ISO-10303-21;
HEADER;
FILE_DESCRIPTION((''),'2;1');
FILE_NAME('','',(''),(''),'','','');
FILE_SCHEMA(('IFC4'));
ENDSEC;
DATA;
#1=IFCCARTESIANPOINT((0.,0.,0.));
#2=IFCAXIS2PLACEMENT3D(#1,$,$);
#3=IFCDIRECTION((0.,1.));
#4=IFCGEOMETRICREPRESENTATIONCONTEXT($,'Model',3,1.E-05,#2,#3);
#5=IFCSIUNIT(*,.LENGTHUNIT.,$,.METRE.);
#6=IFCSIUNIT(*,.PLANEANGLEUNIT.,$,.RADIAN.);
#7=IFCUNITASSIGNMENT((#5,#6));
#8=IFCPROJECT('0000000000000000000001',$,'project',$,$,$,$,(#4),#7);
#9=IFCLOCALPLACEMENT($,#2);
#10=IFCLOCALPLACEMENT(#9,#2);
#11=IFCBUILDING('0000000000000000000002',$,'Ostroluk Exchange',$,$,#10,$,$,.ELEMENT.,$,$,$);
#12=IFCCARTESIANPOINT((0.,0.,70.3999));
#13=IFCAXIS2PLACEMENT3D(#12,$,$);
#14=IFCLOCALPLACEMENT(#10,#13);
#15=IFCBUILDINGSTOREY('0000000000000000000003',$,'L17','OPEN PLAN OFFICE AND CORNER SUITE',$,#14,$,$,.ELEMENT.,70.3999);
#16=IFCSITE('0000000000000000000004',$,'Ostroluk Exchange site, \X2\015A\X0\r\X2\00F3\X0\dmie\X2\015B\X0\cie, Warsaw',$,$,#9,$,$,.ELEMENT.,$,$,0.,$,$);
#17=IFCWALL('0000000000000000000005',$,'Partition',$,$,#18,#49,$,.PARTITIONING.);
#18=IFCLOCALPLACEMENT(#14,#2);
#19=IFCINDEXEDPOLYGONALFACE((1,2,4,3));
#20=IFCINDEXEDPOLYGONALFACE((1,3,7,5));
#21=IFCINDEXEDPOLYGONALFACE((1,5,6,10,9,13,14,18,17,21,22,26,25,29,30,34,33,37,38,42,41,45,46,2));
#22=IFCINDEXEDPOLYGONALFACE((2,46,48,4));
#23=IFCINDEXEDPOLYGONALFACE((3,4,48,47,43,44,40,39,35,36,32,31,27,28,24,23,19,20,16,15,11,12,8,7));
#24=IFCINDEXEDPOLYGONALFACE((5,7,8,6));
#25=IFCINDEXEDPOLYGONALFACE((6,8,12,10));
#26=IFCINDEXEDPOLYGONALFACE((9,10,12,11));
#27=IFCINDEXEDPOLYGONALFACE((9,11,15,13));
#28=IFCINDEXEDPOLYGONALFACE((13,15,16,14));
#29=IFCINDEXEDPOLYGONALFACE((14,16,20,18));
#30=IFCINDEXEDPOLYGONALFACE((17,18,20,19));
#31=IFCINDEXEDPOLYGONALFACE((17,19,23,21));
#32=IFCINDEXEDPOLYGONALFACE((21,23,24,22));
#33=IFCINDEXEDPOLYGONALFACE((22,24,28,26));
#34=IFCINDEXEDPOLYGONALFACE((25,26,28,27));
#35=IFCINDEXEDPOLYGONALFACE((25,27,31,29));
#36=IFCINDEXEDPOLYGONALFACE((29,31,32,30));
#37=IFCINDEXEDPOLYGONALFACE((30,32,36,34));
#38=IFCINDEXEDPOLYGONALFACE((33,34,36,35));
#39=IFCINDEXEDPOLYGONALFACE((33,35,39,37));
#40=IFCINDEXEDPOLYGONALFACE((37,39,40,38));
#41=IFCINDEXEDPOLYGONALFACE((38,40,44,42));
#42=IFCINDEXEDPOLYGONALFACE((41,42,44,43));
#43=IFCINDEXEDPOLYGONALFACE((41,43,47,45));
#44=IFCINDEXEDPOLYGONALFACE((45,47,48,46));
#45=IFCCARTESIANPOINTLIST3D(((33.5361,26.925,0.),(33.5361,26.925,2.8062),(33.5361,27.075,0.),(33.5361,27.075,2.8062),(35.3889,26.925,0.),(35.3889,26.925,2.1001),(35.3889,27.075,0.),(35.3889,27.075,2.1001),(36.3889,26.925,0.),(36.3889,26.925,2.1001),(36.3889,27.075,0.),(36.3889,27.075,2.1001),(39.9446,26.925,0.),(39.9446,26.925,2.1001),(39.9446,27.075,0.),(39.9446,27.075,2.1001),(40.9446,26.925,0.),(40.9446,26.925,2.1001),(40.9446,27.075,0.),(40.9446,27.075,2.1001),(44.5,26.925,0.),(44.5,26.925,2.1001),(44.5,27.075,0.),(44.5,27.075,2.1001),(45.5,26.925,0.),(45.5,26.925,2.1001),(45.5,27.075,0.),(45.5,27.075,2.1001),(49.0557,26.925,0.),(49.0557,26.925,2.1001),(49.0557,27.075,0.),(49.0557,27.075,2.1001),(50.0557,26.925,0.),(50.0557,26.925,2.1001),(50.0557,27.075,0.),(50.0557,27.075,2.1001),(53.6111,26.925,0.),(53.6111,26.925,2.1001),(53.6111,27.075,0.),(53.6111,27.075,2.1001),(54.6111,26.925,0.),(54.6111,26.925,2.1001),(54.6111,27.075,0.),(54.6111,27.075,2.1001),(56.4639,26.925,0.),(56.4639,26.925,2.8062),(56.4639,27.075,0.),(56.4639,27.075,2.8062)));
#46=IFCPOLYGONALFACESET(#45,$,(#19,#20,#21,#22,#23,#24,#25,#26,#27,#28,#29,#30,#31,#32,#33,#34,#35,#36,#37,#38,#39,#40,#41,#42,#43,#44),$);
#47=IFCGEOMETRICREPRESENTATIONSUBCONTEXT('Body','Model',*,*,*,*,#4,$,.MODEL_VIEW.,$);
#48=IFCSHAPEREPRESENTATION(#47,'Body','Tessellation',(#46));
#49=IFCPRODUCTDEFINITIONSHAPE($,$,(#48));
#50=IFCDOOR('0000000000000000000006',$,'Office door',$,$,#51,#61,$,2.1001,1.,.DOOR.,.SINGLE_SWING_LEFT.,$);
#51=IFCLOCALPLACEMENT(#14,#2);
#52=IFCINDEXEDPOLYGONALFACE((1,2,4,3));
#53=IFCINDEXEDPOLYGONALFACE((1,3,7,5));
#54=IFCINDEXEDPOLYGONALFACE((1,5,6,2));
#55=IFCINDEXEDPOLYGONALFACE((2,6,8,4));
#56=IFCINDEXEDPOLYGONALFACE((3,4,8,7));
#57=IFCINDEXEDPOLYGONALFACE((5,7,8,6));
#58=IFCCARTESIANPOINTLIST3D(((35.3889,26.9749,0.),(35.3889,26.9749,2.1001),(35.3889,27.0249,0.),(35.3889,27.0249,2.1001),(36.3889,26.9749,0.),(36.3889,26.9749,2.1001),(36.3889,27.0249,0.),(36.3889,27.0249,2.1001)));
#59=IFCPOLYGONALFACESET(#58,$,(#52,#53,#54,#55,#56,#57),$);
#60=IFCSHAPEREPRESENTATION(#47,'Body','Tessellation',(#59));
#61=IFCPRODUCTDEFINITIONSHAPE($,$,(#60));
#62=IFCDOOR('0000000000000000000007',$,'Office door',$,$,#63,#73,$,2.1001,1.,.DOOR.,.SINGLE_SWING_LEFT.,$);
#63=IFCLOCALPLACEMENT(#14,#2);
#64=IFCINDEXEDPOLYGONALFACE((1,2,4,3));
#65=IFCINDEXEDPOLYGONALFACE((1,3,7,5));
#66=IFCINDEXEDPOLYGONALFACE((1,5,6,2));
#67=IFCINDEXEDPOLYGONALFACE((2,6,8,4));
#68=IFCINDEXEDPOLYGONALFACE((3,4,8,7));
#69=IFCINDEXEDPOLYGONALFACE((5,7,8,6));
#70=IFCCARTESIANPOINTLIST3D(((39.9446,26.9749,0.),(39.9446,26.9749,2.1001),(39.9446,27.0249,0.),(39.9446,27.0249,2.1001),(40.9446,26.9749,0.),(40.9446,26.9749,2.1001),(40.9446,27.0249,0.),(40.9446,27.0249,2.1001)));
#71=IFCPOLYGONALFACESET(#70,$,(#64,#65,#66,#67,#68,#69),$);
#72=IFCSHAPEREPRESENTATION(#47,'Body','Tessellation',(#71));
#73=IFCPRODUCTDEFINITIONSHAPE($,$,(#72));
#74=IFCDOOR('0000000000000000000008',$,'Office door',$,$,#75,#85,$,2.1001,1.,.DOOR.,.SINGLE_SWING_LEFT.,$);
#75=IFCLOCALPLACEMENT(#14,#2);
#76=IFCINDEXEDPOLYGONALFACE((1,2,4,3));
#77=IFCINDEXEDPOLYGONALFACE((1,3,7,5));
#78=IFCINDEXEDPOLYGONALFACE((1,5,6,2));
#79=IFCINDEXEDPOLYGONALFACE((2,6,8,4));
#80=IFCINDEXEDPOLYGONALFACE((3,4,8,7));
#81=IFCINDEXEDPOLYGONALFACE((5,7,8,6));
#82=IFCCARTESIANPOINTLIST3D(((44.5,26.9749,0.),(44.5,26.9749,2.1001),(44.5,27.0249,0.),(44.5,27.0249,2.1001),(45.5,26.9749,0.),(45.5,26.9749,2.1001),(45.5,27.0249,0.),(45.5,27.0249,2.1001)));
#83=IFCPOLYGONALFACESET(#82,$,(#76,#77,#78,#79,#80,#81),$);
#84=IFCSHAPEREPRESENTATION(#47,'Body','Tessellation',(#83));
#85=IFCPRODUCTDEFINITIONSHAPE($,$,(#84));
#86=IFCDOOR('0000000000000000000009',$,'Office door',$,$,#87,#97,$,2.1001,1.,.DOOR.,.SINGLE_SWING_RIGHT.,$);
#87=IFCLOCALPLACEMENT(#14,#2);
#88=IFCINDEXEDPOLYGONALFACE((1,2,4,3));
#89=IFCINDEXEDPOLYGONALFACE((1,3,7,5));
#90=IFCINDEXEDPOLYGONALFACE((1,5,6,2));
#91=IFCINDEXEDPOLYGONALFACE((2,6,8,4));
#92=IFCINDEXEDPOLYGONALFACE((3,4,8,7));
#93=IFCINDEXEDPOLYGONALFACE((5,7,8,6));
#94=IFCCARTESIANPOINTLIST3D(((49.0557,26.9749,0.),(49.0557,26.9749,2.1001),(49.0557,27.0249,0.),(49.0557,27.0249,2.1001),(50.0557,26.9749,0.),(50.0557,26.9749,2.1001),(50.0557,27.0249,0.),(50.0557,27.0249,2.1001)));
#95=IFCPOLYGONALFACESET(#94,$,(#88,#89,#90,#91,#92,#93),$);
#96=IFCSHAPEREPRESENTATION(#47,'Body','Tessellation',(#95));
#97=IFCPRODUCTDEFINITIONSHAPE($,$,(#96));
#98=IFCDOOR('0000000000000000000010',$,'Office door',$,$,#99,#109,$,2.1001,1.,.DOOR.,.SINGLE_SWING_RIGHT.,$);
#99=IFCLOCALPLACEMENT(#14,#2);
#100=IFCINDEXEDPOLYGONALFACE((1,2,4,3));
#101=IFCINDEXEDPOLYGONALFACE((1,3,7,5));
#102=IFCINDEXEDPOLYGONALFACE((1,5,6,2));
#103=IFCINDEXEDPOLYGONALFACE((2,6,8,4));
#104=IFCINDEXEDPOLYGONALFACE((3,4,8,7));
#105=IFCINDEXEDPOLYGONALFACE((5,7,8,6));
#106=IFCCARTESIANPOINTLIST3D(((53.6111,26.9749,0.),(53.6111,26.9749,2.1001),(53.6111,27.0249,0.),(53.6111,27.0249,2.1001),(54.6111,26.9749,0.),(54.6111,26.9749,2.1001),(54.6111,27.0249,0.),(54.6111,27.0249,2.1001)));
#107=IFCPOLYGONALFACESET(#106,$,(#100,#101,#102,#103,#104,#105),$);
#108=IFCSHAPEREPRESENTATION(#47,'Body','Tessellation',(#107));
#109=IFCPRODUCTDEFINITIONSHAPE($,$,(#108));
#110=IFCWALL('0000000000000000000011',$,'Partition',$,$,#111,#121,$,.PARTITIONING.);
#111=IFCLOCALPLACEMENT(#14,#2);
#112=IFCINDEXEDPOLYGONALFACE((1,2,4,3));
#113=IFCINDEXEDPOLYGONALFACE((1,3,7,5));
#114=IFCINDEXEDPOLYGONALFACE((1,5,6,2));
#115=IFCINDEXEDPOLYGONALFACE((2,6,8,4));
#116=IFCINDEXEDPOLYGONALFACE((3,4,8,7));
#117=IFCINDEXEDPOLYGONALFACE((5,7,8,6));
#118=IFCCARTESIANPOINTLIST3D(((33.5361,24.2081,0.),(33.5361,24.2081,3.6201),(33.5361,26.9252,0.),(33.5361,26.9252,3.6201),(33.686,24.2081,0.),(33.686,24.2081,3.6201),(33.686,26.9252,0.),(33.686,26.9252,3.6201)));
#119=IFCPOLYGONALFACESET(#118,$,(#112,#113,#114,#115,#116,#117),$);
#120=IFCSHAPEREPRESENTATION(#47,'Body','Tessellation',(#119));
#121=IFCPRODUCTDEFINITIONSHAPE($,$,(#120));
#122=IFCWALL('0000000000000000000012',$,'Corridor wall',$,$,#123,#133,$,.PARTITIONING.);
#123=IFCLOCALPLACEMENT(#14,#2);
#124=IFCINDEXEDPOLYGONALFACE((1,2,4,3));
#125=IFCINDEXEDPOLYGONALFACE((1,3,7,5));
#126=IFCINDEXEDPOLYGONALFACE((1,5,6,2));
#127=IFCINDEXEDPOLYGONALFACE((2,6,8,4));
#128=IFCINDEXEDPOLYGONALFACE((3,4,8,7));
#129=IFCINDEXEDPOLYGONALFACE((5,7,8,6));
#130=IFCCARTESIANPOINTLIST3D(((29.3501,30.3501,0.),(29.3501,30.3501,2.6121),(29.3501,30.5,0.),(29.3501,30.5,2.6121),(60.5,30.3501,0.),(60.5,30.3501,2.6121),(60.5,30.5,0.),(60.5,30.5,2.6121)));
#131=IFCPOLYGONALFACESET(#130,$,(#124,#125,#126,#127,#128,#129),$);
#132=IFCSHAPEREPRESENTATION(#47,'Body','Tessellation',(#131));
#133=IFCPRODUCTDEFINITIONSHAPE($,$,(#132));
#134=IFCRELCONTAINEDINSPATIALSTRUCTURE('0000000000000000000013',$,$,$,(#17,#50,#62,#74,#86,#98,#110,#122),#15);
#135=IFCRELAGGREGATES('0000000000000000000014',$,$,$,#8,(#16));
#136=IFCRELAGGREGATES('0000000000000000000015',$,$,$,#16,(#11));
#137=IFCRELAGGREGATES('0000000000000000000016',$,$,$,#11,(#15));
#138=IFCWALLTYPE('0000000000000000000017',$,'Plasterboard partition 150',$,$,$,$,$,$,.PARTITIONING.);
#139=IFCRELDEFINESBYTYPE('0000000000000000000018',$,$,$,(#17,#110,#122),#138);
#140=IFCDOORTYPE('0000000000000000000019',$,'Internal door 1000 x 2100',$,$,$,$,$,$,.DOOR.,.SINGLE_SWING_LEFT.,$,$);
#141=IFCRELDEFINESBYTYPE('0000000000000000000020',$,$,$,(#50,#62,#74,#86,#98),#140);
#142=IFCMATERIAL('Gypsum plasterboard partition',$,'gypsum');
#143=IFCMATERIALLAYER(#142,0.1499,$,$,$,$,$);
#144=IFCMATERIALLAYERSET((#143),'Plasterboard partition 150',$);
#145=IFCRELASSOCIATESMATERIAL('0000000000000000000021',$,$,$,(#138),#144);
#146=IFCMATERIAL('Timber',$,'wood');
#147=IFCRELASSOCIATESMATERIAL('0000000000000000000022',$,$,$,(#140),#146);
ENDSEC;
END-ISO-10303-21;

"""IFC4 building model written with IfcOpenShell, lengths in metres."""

from ifc_helpers import new_model, si_unit, direction, frame, frame_2d, origin, place, context, subcontext, project, spatial, rectangle, extrude, material, layer, layer_set, type_object, element, fill, save


model = new_model("IFC4")

# Units and contexts
model_context = context("Model", 3, precision=1e-05, world=origin(), true_north=direction((0.0, 1.0)))
body_context = subcontext(model_context, "Body", "Model", "MODEL_VIEW")
ifc_project = project(units=[si_unit("LENGTHUNIT", "METRE"), si_unit("PLANEANGLEUNIT", "RADIAN")], contexts=[model_context])

# Site, building, storey
site_placement = place(None, origin())
site = spatial("IfcSite", under=ifc_project, at=site_placement, Name="Ostroluk Exchange site, Śródmieście, Warsaw", CompositionType="ELEMENT", RefElevation=0.0)
building_placement = place(site_placement, origin())
building = spatial("IfcBuilding", under=site, at=building_placement, Name="Ostroluk Exchange", CompositionType="ELEMENT")
storey_placement = place(building_placement, frame((0.0, 0.0, 70.3999)))
storey = spatial("IfcBuildingStorey", under=building, at=storey_placement, Name="L17", Description="OPEN PLAN OFFICE AND CORNER SUITE", CompositionType="ELEMENT", Elevation=70.3999)

# Wall, openings, doors
ifc_material_1 = material(Name="Gypsum plasterboard partition", Category="gypsum")
ifc_layer_1 = layer(ifc_material_1, 0.1499)
ifc_layer_set_1 = layer_set([ifc_layer_1], Name="Plasterboard partition 150")
wall_type_1 = type_object("IfcWallType", Name="Plasterboard partition 150", PredefinedType="PARTITIONING", material=ifc_layer_set_1)
wall_1_placement = place(storey_placement, frame((33.5361, 27.0, 0.0), z_axis=(0.0, 0.0, 1.0), x_axis=(1.0, 0.0, 0.0)))
wall_1 = element("IfcWall", 1, at=wall_1_placement, inside=storey, type_object=wall_type_1, Name="Partition", PredefinedType="PARTITIONING", context=body_context, shape_type="SweptSolid", body=[
    extrude(rectangle(XDim=22.9277, YDim=0.1499, at=frame_2d((11.4639, 0.0))), origin(), (0.0, 0.0, 1.0), 2.8062),
])
opening_1_placement = place(wall_1_placement, frame((1.8528, 0.0, 0.0)))
opening_1 = element("IfcOpeningElement", 2, at=opening_1_placement, cuts=wall_1, PredefinedType="OPENING", context=body_context, shape_type="SweptSolid", body=[
    extrude(rectangle(XDim=1.0, YDim=2.1001, at=frame_2d((0.5, 1.05))), frame((0.0, 0.085, 0.0), z_axis=(0.0, -1.0, 0.0), x_axis=(1.0, 0.0, 0.0)), (0.0, 0.0, 1.0), 0.1699),
])
opening_2_placement = place(wall_1_placement, frame((6.4084, 0.0, 0.0)))
opening_2 = element("IfcOpeningElement", 3, at=opening_2_placement, cuts=wall_1, PredefinedType="OPENING", context=body_context, shape_type="SweptSolid", body=[
    extrude(rectangle(XDim=1.0, YDim=2.1001, at=frame_2d((0.5, 1.05))), frame((0.0, 0.085, 0.0), z_axis=(0.0, -1.0, 0.0), x_axis=(1.0, 0.0, 0.0)), (0.0, 0.0, 1.0), 0.1699),
])
opening_3_placement = place(wall_1_placement, frame((10.9639, 0.0, 0.0)))
opening_3 = element("IfcOpeningElement", 4, at=opening_3_placement, cuts=wall_1, PredefinedType="OPENING", context=body_context, shape_type="SweptSolid", body=[
    extrude(rectangle(XDim=1.0, YDim=2.1001, at=frame_2d((0.5, 1.05))), frame((0.0, 0.085, 0.0), z_axis=(0.0, -1.0, 0.0), x_axis=(1.0, 0.0, 0.0)), (0.0, 0.0, 1.0), 0.1699),
])
opening_4_placement = place(wall_1_placement, frame((15.5195, 0.0, 0.0)))
opening_4 = element("IfcOpeningElement", 5, at=opening_4_placement, cuts=wall_1, PredefinedType="OPENING", context=body_context, shape_type="SweptSolid", body=[
    extrude(rectangle(XDim=1.0, YDim=2.1001, at=frame_2d((0.5, 1.05))), frame((0.0, 0.085, 0.0), z_axis=(0.0, -1.0, 0.0), x_axis=(1.0, 0.0, 0.0)), (0.0, 0.0, 1.0), 0.1699),
])
opening_5_placement = place(wall_1_placement, frame((20.075, 0.0, 0.0)))
opening_5 = element("IfcOpeningElement", 6, at=opening_5_placement, cuts=wall_1, PredefinedType="OPENING", context=body_context, shape_type="SweptSolid", body=[
    extrude(rectangle(XDim=1.0, YDim=2.1001, at=frame_2d((0.5, 1.05))), frame((0.0, 0.085, 0.0), z_axis=(0.0, -1.0, 0.0), x_axis=(1.0, 0.0, 0.0)), (0.0, 0.0, 1.0), 0.1699),
])
ifc_material_2 = material(Name="Timber", Category="wood")
door_type_1 = type_object("IfcDoorType", Name="Internal door 1000 x 2100", OperationType="SINGLE_SWING_LEFT", PredefinedType="DOOR", material=ifc_material_2)
door_1_placement = place(opening_1_placement, origin())
door_1 = element("IfcDoor", 7, at=door_1_placement, inside=storey, type_object=door_type_1, Name="Office door", OperationType="SINGLE_SWING_LEFT", OverallHeight=2.1001, OverallWidth=1.0, PredefinedType="DOOR", context=body_context, shape_type="SweptSolid", body=[
    extrude(rectangle(XDim=1.0, YDim=2.1001, at=frame_2d((0.5, 1.05))), frame((0.0, 0.0249, 0.0), z_axis=(0.0, -1.0, 0.0), x_axis=(1.0, 0.0, 0.0)), (0.0, 0.0, 1.0), 0.05),
])
fill(opening_1, door_1)
door_2_placement = place(opening_2_placement, origin())
door_2 = element("IfcDoor", 8, at=door_2_placement, inside=storey, type_object=door_type_1, Name="Office door", OperationType="SINGLE_SWING_LEFT", OverallHeight=2.1001, OverallWidth=1.0, PredefinedType="DOOR", context=body_context, shape_type="SweptSolid", body=[
    extrude(rectangle(XDim=1.0, YDim=2.1001, at=frame_2d((0.5, 1.05))), frame((0.0, 0.0249, 0.0), z_axis=(0.0, -1.0, 0.0), x_axis=(1.0, 0.0, 0.0)), (0.0, 0.0, 1.0), 0.05),
])
fill(opening_2, door_2)
door_3_placement = place(opening_3_placement, origin())
door_3 = element("IfcDoor", 9, at=door_3_placement, inside=storey, type_object=door_type_1, Name="Office door", OperationType="SINGLE_SWING_LEFT", OverallHeight=2.1001, OverallWidth=1.0, PredefinedType="DOOR", context=body_context, shape_type="SweptSolid", body=[
    extrude(rectangle(XDim=1.0, YDim=2.1001, at=frame_2d((0.5, 1.05))), frame((0.0, 0.0249, 0.0), z_axis=(0.0, -1.0, 0.0), x_axis=(1.0, 0.0, 0.0)), (0.0, 0.0, 1.0), 0.05),
])
fill(opening_3, door_3)
door_4_placement = place(opening_4_placement, origin())
door_4 = element("IfcDoor", 10, at=door_4_placement, inside=storey, type_object=door_type_1, Name="Office door", OperationType="SINGLE_SWING_RIGHT", OverallHeight=2.1001, OverallWidth=1.0, PredefinedType="DOOR", context=body_context, shape_type="SweptSolid", body=[
    extrude(rectangle(XDim=1.0, YDim=2.1001, at=frame_2d((0.5, 1.05))), frame((0.0, 0.0249, 0.0), z_axis=(0.0, -1.0, 0.0), x_axis=(1.0, 0.0, 0.0)), (0.0, 0.0, 1.0), 0.05),
])
fill(opening_4, door_4)
door_5_placement = place(opening_5_placement, origin())
door_5 = element("IfcDoor", 11, at=door_5_placement, inside=storey, type_object=door_type_1, Name="Office door", OperationType="SINGLE_SWING_RIGHT", OverallHeight=2.1001, OverallWidth=1.0, PredefinedType="DOOR", context=body_context, shape_type="SweptSolid", body=[
    extrude(rectangle(XDim=1.0, YDim=2.1001, at=frame_2d((0.5, 1.05))), frame((0.0, 0.0249, 0.0), z_axis=(0.0, -1.0, 0.0), x_axis=(1.0, 0.0, 0.0)), (0.0, 0.0, 1.0), 0.05),
])
fill(opening_5, door_5)

# Walls
wall_2_placement = place(storey_placement, frame((33.6111, 26.925, 0.0), z_axis=(0.0, 0.0, 1.0), x_axis=(0.0, -1.0, 0.0)))
element("IfcWall", 12, at=wall_2_placement, inside=storey, type_object=wall_type_1, Name="Partition", PredefinedType="PARTITIONING", context=body_context, shape_type="SweptSolid", body=[
    extrude(rectangle(XDim=2.717, YDim=0.1499, at=frame_2d((1.3584, 0.0))), origin(), (0.0, 0.0, 1.0), 3.6201),
])
wall_3_placement = place(storey_placement, frame((29.3501, 30.425, 0.0), z_axis=(0.0, 0.0, 1.0), x_axis=(1.0, 0.0, 0.0)))
element("IfcWall", 13, at=wall_3_placement, inside=storey, type_object=wall_type_1, Name="Corridor wall", PredefinedType="PARTITIONING", context=body_context, shape_type="SweptSolid", body=[
    extrude(rectangle(XDim=31.1499, YDim=0.1499, at=frame_2d((15.575, 0.0))), origin(), (0.0, 0.0, 1.0), 2.6121),
])

save(model, "model.ifc")
